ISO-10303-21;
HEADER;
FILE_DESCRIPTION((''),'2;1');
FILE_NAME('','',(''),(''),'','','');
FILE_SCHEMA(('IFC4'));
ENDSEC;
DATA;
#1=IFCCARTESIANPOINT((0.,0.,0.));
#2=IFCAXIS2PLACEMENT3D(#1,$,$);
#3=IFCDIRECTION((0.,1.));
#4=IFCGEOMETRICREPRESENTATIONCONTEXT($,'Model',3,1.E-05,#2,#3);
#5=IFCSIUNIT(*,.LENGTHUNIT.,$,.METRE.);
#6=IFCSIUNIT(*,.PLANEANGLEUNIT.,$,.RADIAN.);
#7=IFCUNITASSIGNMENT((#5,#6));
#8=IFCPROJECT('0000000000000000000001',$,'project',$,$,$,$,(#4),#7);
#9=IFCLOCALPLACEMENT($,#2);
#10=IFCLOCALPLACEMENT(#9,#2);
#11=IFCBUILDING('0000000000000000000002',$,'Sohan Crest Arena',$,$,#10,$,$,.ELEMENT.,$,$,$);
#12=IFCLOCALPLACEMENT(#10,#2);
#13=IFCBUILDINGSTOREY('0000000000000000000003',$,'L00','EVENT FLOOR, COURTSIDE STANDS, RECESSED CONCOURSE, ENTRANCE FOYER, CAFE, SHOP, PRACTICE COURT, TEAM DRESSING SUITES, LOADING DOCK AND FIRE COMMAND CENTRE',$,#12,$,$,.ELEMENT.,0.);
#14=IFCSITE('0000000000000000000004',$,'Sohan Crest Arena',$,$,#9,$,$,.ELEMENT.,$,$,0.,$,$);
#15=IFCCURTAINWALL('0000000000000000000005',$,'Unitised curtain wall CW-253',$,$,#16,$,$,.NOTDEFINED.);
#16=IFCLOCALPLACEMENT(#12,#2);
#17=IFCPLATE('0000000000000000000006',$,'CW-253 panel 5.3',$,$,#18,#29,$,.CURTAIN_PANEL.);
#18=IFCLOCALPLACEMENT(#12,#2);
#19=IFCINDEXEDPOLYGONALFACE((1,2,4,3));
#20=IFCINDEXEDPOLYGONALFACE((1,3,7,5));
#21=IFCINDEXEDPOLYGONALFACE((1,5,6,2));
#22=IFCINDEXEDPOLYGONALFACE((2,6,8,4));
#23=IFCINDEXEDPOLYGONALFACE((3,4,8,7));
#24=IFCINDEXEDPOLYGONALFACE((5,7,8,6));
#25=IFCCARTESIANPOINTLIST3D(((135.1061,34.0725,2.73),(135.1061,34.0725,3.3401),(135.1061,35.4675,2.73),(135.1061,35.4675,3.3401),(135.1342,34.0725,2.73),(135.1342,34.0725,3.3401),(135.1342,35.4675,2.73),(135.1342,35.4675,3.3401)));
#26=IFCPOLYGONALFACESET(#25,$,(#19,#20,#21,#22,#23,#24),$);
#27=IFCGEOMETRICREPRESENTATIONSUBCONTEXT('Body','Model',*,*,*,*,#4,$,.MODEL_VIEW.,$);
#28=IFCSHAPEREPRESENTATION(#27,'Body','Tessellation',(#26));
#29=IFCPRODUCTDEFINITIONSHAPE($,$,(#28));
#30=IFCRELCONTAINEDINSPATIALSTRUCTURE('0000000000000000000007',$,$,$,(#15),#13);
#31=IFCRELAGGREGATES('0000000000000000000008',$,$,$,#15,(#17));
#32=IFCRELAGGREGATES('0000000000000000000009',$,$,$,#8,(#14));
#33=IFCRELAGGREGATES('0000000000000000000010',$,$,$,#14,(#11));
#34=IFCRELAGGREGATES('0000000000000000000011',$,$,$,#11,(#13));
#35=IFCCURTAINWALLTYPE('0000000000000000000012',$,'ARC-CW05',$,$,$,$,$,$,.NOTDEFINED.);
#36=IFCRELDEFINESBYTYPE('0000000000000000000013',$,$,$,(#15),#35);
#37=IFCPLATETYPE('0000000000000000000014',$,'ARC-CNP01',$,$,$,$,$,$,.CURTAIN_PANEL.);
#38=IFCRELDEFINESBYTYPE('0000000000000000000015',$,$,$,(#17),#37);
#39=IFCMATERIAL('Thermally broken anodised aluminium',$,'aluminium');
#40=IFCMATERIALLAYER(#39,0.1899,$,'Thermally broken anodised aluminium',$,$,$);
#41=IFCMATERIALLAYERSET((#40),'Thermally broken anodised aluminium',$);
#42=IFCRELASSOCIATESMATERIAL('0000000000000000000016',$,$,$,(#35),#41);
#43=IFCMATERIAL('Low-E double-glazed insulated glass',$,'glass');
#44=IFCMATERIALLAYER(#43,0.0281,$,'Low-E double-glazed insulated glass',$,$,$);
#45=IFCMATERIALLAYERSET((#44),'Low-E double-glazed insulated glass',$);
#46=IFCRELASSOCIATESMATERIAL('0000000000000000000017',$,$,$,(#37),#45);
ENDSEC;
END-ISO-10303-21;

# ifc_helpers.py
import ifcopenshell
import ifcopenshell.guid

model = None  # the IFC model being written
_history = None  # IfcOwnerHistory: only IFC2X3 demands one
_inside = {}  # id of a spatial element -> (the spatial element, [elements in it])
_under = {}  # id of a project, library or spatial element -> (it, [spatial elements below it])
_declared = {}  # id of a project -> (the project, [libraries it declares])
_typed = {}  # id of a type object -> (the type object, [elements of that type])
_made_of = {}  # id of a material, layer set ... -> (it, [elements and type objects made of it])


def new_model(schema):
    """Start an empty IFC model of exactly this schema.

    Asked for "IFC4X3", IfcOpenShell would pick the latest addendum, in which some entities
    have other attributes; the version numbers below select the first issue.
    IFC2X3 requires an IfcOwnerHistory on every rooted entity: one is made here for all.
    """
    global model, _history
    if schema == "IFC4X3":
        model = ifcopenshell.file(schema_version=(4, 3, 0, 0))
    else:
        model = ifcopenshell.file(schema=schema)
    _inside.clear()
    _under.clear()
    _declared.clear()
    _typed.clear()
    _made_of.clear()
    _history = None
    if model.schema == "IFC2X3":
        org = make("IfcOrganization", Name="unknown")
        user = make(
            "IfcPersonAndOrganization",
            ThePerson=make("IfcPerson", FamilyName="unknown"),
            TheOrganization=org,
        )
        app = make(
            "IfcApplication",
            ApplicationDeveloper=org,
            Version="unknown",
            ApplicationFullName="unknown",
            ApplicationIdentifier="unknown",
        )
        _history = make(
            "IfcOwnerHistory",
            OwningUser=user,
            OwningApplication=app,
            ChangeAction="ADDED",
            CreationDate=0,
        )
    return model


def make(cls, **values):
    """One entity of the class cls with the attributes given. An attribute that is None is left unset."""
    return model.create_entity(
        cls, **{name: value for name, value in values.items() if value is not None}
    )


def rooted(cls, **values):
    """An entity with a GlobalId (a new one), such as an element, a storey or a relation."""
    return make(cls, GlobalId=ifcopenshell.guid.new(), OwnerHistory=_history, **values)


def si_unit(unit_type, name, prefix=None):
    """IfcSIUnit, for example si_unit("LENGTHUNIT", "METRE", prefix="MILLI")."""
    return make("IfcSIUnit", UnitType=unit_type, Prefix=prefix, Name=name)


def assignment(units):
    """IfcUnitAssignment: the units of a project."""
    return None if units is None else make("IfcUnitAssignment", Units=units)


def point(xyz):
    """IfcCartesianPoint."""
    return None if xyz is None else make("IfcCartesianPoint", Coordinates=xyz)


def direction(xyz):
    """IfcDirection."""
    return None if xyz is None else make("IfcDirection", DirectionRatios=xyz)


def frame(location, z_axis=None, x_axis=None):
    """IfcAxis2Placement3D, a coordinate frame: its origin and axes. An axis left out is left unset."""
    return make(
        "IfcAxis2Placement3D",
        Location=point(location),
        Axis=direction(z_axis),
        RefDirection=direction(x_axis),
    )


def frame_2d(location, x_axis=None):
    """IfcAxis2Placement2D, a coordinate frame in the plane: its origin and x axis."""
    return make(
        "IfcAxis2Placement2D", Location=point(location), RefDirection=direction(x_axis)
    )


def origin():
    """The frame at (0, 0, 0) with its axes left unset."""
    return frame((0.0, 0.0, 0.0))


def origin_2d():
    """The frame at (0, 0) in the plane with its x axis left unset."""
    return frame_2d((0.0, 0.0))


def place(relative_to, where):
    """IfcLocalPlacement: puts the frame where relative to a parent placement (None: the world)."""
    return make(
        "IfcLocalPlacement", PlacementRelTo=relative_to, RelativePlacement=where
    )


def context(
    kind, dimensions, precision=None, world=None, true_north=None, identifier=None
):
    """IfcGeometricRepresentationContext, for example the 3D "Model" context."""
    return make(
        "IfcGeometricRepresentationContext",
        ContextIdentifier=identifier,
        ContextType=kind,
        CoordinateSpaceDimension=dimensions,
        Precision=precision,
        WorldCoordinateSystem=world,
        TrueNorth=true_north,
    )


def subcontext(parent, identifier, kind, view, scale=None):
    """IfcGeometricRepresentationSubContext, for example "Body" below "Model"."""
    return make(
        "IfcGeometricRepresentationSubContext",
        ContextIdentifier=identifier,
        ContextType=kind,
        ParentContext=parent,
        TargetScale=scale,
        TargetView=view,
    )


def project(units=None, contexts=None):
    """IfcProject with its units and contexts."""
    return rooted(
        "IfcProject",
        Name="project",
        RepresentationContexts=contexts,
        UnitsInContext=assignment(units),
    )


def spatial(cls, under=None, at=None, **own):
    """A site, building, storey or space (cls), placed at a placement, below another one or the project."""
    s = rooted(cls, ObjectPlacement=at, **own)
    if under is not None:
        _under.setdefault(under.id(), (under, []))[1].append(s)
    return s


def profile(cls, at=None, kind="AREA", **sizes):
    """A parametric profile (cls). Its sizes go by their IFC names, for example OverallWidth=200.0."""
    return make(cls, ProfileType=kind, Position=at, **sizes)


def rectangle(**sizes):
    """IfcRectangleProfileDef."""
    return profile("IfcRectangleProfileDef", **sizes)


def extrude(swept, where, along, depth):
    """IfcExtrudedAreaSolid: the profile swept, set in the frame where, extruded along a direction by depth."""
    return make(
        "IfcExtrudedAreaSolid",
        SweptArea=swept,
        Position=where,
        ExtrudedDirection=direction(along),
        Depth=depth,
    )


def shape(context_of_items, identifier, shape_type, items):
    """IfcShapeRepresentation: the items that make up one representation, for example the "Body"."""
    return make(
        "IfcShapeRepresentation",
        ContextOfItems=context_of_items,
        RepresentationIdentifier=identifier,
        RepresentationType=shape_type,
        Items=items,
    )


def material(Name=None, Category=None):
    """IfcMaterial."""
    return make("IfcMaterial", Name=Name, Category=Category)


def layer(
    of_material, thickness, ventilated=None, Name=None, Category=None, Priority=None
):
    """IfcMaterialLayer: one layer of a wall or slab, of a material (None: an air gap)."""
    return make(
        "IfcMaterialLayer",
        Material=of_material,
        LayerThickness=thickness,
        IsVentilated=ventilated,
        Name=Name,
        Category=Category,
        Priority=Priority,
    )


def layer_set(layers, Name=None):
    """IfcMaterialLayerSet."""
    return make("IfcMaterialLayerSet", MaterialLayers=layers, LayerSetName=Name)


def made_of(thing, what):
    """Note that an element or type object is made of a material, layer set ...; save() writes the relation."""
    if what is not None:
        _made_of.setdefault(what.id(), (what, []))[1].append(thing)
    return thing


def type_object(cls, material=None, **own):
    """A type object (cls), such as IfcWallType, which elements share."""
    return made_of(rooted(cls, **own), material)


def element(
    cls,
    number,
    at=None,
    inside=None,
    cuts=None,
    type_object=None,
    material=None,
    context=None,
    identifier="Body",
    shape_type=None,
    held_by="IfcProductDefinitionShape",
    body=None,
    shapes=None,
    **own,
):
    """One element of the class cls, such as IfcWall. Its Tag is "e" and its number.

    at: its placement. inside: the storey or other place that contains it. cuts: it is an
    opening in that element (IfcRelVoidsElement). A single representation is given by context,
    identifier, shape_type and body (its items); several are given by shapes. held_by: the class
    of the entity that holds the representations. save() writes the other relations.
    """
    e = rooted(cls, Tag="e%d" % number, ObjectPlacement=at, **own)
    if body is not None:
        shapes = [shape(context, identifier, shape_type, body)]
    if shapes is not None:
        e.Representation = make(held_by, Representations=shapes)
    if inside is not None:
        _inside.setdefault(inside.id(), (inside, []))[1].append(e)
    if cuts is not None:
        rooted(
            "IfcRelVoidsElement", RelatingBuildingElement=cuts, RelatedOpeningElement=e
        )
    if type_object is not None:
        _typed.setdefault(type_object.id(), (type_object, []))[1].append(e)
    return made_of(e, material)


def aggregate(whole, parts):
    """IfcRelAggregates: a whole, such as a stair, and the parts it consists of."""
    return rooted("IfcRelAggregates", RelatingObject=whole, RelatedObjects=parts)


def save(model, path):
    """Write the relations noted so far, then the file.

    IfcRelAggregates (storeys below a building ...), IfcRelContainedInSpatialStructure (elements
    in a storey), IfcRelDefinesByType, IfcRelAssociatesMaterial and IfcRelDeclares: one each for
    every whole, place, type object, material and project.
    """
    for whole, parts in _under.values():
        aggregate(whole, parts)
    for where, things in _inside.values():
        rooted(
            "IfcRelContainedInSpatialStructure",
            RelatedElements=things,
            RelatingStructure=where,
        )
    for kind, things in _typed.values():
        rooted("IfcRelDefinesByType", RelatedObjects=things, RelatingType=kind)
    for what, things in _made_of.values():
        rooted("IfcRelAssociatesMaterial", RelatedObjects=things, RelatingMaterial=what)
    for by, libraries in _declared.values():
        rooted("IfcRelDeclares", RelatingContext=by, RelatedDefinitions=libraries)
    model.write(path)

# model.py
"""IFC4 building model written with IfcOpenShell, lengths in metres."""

from ifc_helpers import new_model, si_unit, direction, frame, origin, origin_2d, place, context, subcontext, project, spatial, rectangle, extrude, material, layer, layer_set, type_object, element, aggregate, save


model = new_model("IFC4")

# Units and contexts
model_context = context("Model", 3, precision=1e-05, world=origin(), true_north=direction((0.0, 1.0)))
body_context = subcontext(model_context, "Body", "Model", "MODEL_VIEW")
ifc_project = project(units=[si_unit("LENGTHUNIT", "METRE"), si_unit("PLANEANGLEUNIT", "RADIAN")], contexts=[model_context])

# Site, building, storey
site_placement = place(None, origin())
site = spatial("IfcSite", under=ifc_project, at=site_placement, Name="Sohan Crest Arena", CompositionType="ELEMENT", RefElevation=0.0)
building_placement = place(site_placement, origin())
building = spatial("IfcBuilding", under=site, at=building_placement, Name="Sohan Crest Arena", CompositionType="ELEMENT")
storey_placement = place(building_placement, origin())
storey = spatial("IfcBuildingStorey", under=building, at=storey_placement, Name="L00", Description="EVENT FLOOR, COURTSIDE STANDS, RECESSED CONCOURSE, ENTRANCE FOYER, CAFE, SHOP, PRACTICE COURT, TEAM DRESSING SUITES, LOADING DOCK AND FIRE COMMAND CENTRE", CompositionType="ELEMENT", Elevation=0.0)

# Curtain wall, plate
ifc_material_1 = material(Name="Thermally broken anodised aluminium", Category="aluminium")
ifc_layer_1 = layer(ifc_material_1, 0.1899, Name="Thermally broken anodised aluminium")
ifc_layer_set_1 = layer_set([ifc_layer_1], Name="Thermally broken anodised aluminium")
curtain_wall_type = type_object("IfcCurtainWallType", Name="ARC-CW05", PredefinedType="NOTDEFINED", material=ifc_layer_set_1)
curtain_wall_placement = place(storey_placement, origin())
curtain_wall = element("IfcCurtainWall", 1, at=curtain_wall_placement, inside=storey, type_object=curtain_wall_type, Name="Unitised curtain wall CW-253", PredefinedType="NOTDEFINED")
ifc_material_2 = material(Name="Low-E double-glazed insulated glass", Category="glass")
ifc_layer_2 = layer(ifc_material_2, 0.0281, Name="Low-E double-glazed insulated glass")
ifc_layer_set_2 = layer_set([ifc_layer_2], Name="Low-E double-glazed insulated glass")
plate_type = type_object("IfcPlateType", Name="ARC-CNP01", PredefinedType="CURTAIN_PANEL", material=ifc_layer_set_2)
plate_1_placement = place(storey_placement, frame((135.1201, 34.77, 2.73), z_axis=(0.0, 0.0, 1.0), x_axis=(0.0, 1.0, 0.0)))
plate_1 = element("IfcPlate", 2, at=plate_1_placement, type_object=plate_type, Name="CW-253 panel 5.3", PredefinedType="CURTAIN_PANEL", context=body_context, shape_type="SweptSolid", body=[
    extrude(rectangle(XDim=1.395, YDim=0.0281, at=origin_2d()), origin(), (0.0, 0.0, 1.0), 0.6101),
])
aggregate(curtain_wall, [plate_1])

save(model, "model.ifc")
